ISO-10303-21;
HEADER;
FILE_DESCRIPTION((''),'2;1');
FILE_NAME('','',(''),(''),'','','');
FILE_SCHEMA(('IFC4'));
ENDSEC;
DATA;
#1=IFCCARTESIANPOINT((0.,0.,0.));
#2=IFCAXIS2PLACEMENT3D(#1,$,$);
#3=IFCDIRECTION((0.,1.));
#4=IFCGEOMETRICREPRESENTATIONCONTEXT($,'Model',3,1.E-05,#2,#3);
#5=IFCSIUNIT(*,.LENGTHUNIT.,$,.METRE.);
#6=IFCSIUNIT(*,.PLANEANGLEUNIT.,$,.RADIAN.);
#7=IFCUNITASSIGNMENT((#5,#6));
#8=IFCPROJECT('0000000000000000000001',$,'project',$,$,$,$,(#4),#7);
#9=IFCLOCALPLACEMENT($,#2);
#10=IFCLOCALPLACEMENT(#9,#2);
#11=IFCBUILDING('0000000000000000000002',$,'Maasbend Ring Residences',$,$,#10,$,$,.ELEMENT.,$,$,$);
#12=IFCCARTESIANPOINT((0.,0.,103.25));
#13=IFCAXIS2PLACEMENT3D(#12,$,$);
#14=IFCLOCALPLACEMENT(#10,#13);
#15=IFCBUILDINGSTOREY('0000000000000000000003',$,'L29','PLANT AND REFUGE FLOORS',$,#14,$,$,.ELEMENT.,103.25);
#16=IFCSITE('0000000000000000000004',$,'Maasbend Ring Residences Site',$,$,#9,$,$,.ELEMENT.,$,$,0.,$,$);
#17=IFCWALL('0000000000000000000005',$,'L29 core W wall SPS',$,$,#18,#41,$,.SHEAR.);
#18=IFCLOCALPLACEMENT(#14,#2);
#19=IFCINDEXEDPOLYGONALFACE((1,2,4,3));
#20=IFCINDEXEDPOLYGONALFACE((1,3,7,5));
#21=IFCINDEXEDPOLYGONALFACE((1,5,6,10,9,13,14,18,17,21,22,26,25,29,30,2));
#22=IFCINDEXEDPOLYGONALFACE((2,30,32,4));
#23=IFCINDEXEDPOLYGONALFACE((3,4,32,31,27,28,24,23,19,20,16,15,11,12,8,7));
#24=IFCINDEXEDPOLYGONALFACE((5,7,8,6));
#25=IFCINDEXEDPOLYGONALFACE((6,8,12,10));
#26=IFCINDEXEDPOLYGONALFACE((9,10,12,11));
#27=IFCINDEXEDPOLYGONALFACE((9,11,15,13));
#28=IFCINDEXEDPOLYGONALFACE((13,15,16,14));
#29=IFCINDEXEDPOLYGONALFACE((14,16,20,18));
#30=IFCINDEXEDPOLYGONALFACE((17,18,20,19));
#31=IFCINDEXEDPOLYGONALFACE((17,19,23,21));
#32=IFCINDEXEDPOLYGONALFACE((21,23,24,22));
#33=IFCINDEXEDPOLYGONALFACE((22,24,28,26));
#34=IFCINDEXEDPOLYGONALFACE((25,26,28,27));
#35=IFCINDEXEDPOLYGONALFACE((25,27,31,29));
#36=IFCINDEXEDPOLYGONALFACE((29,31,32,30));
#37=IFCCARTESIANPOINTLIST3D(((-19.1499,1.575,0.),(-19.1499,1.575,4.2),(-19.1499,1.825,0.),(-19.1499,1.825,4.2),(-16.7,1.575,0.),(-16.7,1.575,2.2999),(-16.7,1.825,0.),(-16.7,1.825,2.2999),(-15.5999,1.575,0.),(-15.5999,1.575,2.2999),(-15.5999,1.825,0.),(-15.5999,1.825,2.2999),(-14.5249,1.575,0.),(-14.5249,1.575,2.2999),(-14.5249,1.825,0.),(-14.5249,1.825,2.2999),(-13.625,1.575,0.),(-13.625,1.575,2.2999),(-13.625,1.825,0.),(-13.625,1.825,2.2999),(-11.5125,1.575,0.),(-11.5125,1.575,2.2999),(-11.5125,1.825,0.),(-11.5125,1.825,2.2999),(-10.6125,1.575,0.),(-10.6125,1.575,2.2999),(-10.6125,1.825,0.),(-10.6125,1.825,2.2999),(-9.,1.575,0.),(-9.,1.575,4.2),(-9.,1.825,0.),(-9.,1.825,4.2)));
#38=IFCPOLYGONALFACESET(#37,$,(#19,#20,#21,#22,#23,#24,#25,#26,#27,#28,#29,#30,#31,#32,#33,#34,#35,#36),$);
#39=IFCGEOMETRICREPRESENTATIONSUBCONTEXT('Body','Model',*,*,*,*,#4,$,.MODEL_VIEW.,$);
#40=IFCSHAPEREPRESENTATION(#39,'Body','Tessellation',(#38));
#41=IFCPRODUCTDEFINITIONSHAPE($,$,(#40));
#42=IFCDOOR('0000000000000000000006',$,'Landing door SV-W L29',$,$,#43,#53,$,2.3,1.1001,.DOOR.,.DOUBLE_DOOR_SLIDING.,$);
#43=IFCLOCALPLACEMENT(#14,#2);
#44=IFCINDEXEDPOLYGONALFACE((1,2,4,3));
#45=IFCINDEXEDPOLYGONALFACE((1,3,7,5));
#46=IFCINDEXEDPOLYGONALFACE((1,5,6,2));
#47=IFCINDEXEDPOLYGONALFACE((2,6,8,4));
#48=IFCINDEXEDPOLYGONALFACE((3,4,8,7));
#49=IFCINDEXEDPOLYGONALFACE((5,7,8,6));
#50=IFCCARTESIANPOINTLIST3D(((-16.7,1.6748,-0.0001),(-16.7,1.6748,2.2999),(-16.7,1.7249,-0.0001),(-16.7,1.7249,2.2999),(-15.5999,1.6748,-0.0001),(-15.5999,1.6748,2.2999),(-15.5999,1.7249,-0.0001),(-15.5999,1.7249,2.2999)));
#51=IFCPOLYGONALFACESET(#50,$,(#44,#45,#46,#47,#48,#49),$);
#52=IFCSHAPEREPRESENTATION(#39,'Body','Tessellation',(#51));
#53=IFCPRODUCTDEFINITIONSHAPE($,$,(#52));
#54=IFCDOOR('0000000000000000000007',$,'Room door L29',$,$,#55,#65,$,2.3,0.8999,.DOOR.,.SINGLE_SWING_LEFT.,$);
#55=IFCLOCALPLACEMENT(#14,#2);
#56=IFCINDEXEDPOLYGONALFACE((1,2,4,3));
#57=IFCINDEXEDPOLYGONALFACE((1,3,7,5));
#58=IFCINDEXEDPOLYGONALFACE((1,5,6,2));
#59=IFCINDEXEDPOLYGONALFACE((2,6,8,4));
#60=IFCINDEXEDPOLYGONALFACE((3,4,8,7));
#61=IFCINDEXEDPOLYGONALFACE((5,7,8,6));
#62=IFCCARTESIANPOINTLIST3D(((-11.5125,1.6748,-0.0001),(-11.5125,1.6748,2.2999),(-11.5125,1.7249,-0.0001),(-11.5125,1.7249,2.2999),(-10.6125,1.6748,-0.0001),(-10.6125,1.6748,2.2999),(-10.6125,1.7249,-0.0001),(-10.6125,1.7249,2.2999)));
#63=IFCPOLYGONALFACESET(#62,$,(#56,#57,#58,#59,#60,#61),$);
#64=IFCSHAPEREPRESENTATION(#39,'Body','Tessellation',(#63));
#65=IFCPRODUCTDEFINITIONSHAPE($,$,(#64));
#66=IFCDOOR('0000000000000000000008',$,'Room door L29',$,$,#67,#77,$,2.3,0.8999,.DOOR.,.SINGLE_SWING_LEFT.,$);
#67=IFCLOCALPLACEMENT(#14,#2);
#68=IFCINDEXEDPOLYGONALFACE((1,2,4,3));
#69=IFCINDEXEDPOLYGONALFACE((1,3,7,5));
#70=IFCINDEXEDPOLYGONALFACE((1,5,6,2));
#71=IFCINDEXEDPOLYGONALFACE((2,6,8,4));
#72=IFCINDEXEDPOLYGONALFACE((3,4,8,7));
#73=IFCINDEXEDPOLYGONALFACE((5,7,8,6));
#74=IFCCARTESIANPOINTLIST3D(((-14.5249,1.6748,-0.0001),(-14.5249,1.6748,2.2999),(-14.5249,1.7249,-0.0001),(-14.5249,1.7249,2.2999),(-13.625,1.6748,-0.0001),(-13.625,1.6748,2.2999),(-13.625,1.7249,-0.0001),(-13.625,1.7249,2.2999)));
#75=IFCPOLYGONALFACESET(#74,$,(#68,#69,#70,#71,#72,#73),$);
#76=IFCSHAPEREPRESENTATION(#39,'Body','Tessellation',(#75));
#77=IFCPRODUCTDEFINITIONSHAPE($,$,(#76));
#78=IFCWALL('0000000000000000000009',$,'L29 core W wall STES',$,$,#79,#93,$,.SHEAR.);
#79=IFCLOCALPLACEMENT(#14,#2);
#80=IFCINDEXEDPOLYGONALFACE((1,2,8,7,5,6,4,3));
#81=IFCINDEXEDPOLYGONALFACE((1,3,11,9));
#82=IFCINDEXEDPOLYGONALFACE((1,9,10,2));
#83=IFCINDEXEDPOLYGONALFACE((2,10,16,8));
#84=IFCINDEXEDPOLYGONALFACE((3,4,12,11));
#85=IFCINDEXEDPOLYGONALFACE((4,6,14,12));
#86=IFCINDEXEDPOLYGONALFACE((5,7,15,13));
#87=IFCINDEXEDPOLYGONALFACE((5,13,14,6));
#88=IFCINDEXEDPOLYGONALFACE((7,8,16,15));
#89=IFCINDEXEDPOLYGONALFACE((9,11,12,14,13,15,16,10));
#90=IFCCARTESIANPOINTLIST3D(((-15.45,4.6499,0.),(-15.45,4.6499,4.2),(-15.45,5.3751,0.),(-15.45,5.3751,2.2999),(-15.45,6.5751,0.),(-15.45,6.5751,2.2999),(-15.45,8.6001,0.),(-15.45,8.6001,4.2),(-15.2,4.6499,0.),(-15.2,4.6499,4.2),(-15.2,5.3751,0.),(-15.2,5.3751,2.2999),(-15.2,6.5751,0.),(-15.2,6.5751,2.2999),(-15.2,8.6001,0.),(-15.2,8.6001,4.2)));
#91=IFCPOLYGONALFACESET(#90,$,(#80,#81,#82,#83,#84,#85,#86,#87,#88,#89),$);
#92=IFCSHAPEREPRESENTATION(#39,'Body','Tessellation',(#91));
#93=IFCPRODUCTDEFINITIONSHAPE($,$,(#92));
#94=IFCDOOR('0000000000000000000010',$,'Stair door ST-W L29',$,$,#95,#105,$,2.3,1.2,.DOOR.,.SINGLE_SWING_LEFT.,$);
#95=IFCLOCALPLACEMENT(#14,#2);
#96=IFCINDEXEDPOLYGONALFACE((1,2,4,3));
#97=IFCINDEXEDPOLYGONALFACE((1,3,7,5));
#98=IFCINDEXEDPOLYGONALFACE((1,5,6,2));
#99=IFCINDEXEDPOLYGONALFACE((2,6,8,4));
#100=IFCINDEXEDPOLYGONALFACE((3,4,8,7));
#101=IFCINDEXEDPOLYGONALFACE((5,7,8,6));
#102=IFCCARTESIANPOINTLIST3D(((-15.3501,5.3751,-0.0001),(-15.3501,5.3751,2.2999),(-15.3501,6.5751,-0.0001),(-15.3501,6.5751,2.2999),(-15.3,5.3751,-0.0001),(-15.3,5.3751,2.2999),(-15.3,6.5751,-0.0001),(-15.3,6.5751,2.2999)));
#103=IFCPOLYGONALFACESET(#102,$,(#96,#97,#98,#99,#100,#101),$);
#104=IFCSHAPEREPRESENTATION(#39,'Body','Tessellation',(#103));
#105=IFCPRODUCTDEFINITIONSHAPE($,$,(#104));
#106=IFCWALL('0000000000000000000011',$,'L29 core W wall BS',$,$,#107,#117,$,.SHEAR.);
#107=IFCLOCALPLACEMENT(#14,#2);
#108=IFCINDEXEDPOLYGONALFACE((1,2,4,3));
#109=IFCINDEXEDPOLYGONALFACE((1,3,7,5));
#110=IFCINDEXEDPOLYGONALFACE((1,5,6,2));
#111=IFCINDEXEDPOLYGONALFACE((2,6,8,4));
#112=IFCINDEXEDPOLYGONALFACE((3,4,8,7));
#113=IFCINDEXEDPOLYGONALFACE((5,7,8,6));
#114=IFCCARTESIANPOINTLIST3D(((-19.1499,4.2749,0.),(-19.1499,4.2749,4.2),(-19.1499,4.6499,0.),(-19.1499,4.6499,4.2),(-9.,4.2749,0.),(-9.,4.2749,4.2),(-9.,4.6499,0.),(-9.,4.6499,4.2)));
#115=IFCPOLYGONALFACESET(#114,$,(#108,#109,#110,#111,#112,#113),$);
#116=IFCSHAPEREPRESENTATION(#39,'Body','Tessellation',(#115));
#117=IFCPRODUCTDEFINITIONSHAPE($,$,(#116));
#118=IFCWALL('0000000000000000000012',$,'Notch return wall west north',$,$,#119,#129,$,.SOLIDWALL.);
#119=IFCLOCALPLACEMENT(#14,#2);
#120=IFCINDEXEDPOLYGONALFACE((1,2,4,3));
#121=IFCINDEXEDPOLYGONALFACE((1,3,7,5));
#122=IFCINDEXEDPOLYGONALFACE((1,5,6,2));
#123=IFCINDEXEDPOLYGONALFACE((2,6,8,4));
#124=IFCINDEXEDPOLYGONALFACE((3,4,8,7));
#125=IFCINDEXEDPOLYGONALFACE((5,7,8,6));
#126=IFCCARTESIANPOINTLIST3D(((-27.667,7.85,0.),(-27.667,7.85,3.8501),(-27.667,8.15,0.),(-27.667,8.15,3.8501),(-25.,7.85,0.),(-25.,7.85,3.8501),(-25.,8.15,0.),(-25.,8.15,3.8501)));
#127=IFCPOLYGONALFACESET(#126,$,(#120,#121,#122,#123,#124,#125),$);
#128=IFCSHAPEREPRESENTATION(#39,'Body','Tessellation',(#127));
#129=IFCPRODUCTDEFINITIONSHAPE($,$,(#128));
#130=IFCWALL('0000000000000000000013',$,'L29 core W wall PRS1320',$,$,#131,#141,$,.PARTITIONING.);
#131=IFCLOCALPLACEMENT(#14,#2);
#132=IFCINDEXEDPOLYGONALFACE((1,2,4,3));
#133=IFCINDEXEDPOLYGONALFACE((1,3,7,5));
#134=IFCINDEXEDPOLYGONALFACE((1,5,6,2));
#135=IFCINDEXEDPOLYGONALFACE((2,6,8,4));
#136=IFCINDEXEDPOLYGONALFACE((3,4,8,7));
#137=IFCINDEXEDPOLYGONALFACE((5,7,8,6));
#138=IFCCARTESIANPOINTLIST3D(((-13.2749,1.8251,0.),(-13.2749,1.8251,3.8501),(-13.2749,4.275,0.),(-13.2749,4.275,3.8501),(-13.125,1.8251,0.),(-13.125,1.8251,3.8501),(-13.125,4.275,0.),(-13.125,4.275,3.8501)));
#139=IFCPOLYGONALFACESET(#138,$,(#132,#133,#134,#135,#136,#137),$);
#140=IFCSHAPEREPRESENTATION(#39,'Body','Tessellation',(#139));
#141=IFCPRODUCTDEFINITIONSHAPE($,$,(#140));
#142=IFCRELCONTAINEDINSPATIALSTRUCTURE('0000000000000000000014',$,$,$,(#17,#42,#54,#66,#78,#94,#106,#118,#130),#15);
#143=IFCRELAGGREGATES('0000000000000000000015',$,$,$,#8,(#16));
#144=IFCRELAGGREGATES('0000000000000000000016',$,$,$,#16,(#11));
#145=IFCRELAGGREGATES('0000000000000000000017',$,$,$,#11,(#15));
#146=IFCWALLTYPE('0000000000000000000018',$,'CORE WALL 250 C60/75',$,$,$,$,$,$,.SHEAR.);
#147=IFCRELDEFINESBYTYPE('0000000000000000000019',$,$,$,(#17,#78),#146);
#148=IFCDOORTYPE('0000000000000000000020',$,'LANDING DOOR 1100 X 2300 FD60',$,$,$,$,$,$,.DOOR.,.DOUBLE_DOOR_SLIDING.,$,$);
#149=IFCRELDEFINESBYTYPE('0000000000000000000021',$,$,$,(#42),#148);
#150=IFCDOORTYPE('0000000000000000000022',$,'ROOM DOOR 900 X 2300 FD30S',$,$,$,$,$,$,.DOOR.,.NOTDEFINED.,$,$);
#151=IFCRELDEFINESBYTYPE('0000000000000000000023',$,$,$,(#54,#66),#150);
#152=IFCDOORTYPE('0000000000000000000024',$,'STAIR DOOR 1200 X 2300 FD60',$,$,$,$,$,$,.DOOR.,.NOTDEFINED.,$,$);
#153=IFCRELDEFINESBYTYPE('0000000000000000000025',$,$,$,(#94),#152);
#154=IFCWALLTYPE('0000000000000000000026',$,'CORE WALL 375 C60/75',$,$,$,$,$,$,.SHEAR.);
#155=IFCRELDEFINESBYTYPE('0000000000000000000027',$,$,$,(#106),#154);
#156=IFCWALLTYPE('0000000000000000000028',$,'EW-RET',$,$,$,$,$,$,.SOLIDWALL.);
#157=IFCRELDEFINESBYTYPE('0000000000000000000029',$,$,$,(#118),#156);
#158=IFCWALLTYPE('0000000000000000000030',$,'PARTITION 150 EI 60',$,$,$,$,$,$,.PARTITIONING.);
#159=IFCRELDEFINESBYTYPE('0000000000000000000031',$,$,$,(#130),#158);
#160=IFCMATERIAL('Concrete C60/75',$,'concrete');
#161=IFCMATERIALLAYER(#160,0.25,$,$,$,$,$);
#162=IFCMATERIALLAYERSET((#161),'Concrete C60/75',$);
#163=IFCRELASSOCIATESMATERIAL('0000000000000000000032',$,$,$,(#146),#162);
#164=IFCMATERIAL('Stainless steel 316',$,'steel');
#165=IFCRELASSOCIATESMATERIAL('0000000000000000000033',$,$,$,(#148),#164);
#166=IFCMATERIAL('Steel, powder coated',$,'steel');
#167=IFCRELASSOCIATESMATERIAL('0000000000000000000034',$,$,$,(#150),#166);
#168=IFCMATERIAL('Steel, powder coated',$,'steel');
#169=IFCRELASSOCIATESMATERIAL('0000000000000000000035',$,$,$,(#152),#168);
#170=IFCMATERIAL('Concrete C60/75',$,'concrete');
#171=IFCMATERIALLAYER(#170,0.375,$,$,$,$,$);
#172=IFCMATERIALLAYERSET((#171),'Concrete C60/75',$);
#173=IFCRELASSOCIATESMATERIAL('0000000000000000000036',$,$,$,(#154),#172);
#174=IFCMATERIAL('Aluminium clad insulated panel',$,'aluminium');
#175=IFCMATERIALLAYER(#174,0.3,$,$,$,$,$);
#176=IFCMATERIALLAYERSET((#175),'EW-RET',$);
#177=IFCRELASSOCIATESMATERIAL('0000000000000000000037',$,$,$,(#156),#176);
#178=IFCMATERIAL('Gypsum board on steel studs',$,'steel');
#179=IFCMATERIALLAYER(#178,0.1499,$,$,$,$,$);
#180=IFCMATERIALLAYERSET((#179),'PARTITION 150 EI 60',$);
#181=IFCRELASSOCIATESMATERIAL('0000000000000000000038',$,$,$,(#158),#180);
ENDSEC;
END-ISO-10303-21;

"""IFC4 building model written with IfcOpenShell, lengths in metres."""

from ifc_helpers import new_model, si_unit, direction, frame, frame_2d, origin, place, context, subcontext, project, spatial, rectangle, extrude, material, layer, layer_set, type_object, element, fill, save


model = new_model("IFC4")

# Units and contexts
model_context = context("Model", 3, precision=1e-05, world=origin(), true_north=direction((0.0, 1.0)))
body_context = subcontext(model_context, "Body", "Model", "MODEL_VIEW")
ifc_project = project(units=[si_unit("LENGTHUNIT", "METRE"), si_unit("PLANEANGLEUNIT", "RADIAN")], contexts=[model_context])

# Site, building, storey
site_placement = place(None, origin())
site = spatial("IfcSite", under=ifc_project, at=site_placement, Name="Maasbend Ring Residences Site", CompositionType="ELEMENT", RefElevation=0.0)
building_placement = place(site_placement, origin())
building = spatial("IfcBuilding", under=site, at=building_placement, Name="Maasbend Ring Residences", CompositionType="ELEMENT")
storey_placement = place(building_placement, frame((0.0, 0.0, 103.25)))
storey = spatial("IfcBuildingStorey", under=building, at=storey_placement, Name="L29", Description="PLANT AND REFUGE FLOORS", CompositionType="ELEMENT", Elevation=103.25)

# Wall, openings, doors
ifc_material_1 = material(Name="Concrete C60/75", Category="concrete")
ifc_layer_1 = layer(ifc_material_1, 0.25)
ifc_layer_set_1 = layer_set([ifc_layer_1], Name="Concrete C60/75")
wall_type_1 = type_object("IfcWallType", Name="CORE WALL 250 C60/75", PredefinedType="SHEAR", material=ifc_layer_set_1)
wall_1_placement = place(storey_placement, frame((-19.1499, 1.7, 0.0), z_axis=(0.0, 0.0, 1.0), x_axis=(1.0, 0.0, 0.0)))
wall_1 = element("IfcWall", 1, at=wall_1_placement, inside=storey, type_object=wall_type_1, Name="L29 core W wall SPS", PredefinedType="SHEAR", context=body_context, shape_type="SweptSolid", body=[
    extrude(rectangle(XDim=10.1499, YDim=0.25, at=frame_2d((5.075, 0.0))), origin(), (0.0, 0.0, 1.0), 4.2),
])
opening_1_placement = place(wall_1_placement, frame((2.45, 0.0, 0.0)))
opening_1 = element("IfcOpeningElement", 2, at=opening_1_placement, cuts=wall_1, PredefinedType="OPENING", context=body_context, shape_type="SweptSolid", body=[
    extrude(rectangle(XDim=1.1001, YDim=2.3, at=frame_2d((0.55, 1.1499))), frame((0.0, 0.135, 0.0), z_axis=(0.0, -1.0, 0.0), x_axis=(1.0, 0.0, 0.0)), (0.0, 0.0, 1.0), 0.27),
])
opening_2_placement = place(wall_1_placement, frame((7.6375, 0.0, 0.0)))
opening_2 = element("IfcOpeningElement", 3, at=opening_2_placement, cuts=wall_1, PredefinedType="OPENING", context=body_context, shape_type="SweptSolid", body=[
    extrude(rectangle(XDim=0.8999, YDim=2.3, at=frame_2d((0.45, 1.1499))), frame((0.0, 0.135, 0.0), z_axis=(0.0, -1.0, 0.0), x_axis=(1.0, 0.0, 0.0)), (0.0, 0.0, 1.0), 0.27),
])
opening_3_placement = place(wall_1_placement, frame((4.625, 0.0, 0.0)))
opening_3 = element("IfcOpeningElement", 4, at=opening_3_placement, cuts=wall_1, PredefinedType="OPENING", context=body_context, shape_type="SweptSolid", body=[
    extrude(rectangle(XDim=0.8999, YDim=2.3, at=frame_2d((0.45, 1.1499))), frame((0.0, 0.135, 0.0), z_axis=(0.0, -1.0, 0.0), x_axis=(1.0, 0.0, 0.0)), (0.0, 0.0, 1.0), 0.27),
])
ifc_material_2 = material(Name="Stainless steel 316", Category="steel")
door_type_1 = type_object("IfcDoorType", Name="LANDING DOOR 1100 X 2300 FD60", OperationType="DOUBLE_DOOR_SLIDING", PredefinedType="DOOR", material=ifc_material_2)
door_1_placement = place(opening_1_placement, origin())
door_1 = element("IfcDoor", 5, at=door_1_placement, inside=storey, type_object=door_type_1, Name="Landing door SV-W L29", OperationType="DOUBLE_DOOR_SLIDING", OverallHeight=2.3, OverallWidth=1.1001, PredefinedType="DOOR", context=body_context, shape_type="SweptSolid", body=[
    extrude(rectangle(XDim=1.1001, YDim=2.3, at=frame_2d((0.55, 1.1499))), frame((0.0, 0.0249, 0.0), z_axis=(0.0, -1.0, 0.0), x_axis=(1.0, 0.0, 0.0)), (0.0, 0.0, 1.0), 0.05),
])
fill(opening_1, door_1)
ifc_material_3 = material(Name="Steel, powder coated", Category="steel")
door_type_2 = type_object("IfcDoorType", Name="ROOM DOOR 900 X 2300 FD30S", OperationType="NOTDEFINED", PredefinedType="DOOR", material=ifc_material_3)
door_2_placement = place(opening_2_placement, origin())
door_2 = element("IfcDoor", 6, at=door_2_placement, inside=storey, type_object=door_type_2, Name="Room door L29", OperationType="SINGLE_SWING_LEFT", OverallHeight=2.3, OverallWidth=0.8999, PredefinedType="DOOR", context=body_context, shape_type="SweptSolid", body=[
    extrude(rectangle(XDim=0.8999, YDim=2.3, at=frame_2d((0.45, 1.1499))), frame((0.0, 0.0249, 0.0), z_axis=(0.0, -1.0, 0.0), x_axis=(1.0, 0.0, 0.0)), (0.0, 0.0, 1.0), 0.05),
])
fill(opening_2, door_2)
door_3_placement = place(opening_3_placement, origin())
door_3 = element("IfcDoor", 7, at=door_3_placement, inside=storey, type_object=door_type_2, Name="Room door L29", OperationType="SINGLE_SWING_LEFT", OverallHeight=2.3, OverallWidth=0.8999, PredefinedType="DOOR", context=body_context, shape_type="SweptSolid", body=[
    extrude(rectangle(XDim=0.8999, YDim=2.3, at=frame_2d((0.45, 1.1499))), frame((0.0, 0.0249, 0.0), z_axis=(0.0, -1.0, 0.0), x_axis=(1.0, 0.0, 0.0)), (0.0, 0.0, 1.0), 0.05),
])
fill(opening_3, door_3)

# Wall, opening, door
wall_2_placement = place(storey_placement, frame((-15.325, 8.6001, 0.0), z_axis=(0.0, 0.0, 1.0), x_axis=(0.0, -1.0, 0.0)))
wall_2 = element("IfcWall", 8, at=wall_2_placement, inside=storey, type_object=wall_type_1, Name="L29 core W wall STES", PredefinedType="SHEAR", context=body_context, shape_type="SweptSolid", body=[
    extrude(rectangle(XDim=3.9502, YDim=0.25, at=frame_2d((1.9751, 0.0))), origin(), (0.0, 0.0, 1.0), 4.2),
])
opening_4_placement = place(wall_2_placement, frame((2.0249, 0.0, 0.0)))
opening_4 = element("IfcOpeningElement", 9, at=opening_4_placement, cuts=wall_2, PredefinedType="OPENING", context=body_context, shape_type="SweptSolid", body=[
    extrude(rectangle(XDim=1.2, YDim=2.3, at=frame_2d((0.6001, 1.1499))), frame((0.0, 0.135, 0.0), z_axis=(0.0, -1.0, 0.0), x_axis=(1.0, 0.0, 0.0)), (0.0, 0.0, 1.0), 0.27),
])
ifc_material_4 = material(Name="Steel, powder coated", Category="steel")
door_type_3 = type_object("IfcDoorType", Name="STAIR DOOR 1200 X 2300 FD60", OperationType="NOTDEFINED", PredefinedType="DOOR", material=ifc_material_4)
door_4_placement = place(opening_4_placement, origin())
door_4 = element("IfcDoor", 10, at=door_4_placement, inside=storey, type_object=door_type_3, Name="Stair door ST-W L29", OperationType="SINGLE_SWING_LEFT", OverallHeight=2.3, OverallWidth=1.2, PredefinedType="DOOR", context=body_context, shape_type="SweptSolid", body=[
    extrude(rectangle(XDim=1.2, YDim=2.3, at=frame_2d((0.6001, 1.1499))), frame((0.0, 0.0249, 0.0), z_axis=(0.0, -1.0, 0.0), x_axis=(1.0, 0.0, 0.0)), (0.0, 0.0, 1.0), 0.05),
])
fill(opening_4, door_4)

# Walls
ifc_material_5 = material(Name="Concrete C60/75", Category="concrete")
ifc_layer_2 = layer(ifc_material_5, 0.375)
ifc_layer_set_2 = layer_set([ifc_layer_2], Name="Concrete C60/75")
wall_type_2 = type_object("IfcWallType", Name="CORE WALL 375 C60/75", PredefinedType="SHEAR", material=ifc_layer_set_2)
wall_3_placement = place(storey_placement, frame((-9.0, 4.4624, 0.0), z_axis=(0.0, 0.0, 1.0), x_axis=(-1.0, 0.0, 0.0)))
element("IfcWall", 11, at=wall_3_placement, inside=storey, type_object=wall_type_2, Name="L29 core W wall BS", PredefinedType="SHEAR", context=body_context, shape_type="SweptSolid", body=[
    extrude(rectangle(XDim=10.1499, YDim=0.375, at=frame_2d((5.075, 0.0))), origin(), (0.0, 0.0, 1.0), 4.2),
])
ifc_material_6 = material(Name="Aluminium clad insulated panel", Category="aluminium")
ifc_layer_3 = layer(ifc_material_6, 0.3)
ifc_layer_set_3 = layer_set([ifc_layer_3], Name="EW-RET")
wall_type_3 = type_object("IfcWallType", Name="EW-RET", PredefinedType="SOLIDWALL", material=ifc_layer_set_3)
wall_4_placement = place(storey_placement, frame((-25.0, 8.0, 0.0), z_axis=(0.0, 0.0, 1.0), x_axis=(-1.0, 0.0, 0.0)))
element("IfcWall", 12, at=wall_4_placement, inside=storey, type_object=wall_type_3, Name="Notch return wall west north", PredefinedType="SOLIDWALL", context=body_context, shape_type="SweptSolid", body=[
    extrude(rectangle(XDim=2.667, YDim=0.3, at=frame_2d((1.3335, 0.0))), origin(), (0.0, 0.0, 1.0), 3.8501),
])
ifc_material_7 = material(Name="Gypsum board on steel studs", Category="steel")
ifc_layer_4 = layer(ifc_material_7, 0.1499)
ifc_layer_set_4 = layer_set([ifc_layer_4], Name="PARTITION 150 EI 60")
wall_type_4 = type_object("IfcWallType", Name="PARTITION 150 EI 60", PredefinedType="PARTITIONING", material=ifc_layer_set_4)
wall_5_placement = place(storey_placement, frame((-13.2, 1.825, 0.0), z_axis=(0.0, 0.0, 1.0), x_axis=(0.0, 1.0, 0.0)))
element("IfcWall", 13, at=wall_5_placement, inside=storey, type_object=wall_type_4, Name="L29 core W wall PRS1320", PredefinedType="PARTITIONING", context=body_context, shape_type="SweptSolid", body=[
    extrude(rectangle(XDim=2.45, YDim=0.1499, at=frame_2d((1.2251, 0.0))), origin(), (0.0, 0.0, 1.0), 3.8501),
])

save(model, "model.ifc")
